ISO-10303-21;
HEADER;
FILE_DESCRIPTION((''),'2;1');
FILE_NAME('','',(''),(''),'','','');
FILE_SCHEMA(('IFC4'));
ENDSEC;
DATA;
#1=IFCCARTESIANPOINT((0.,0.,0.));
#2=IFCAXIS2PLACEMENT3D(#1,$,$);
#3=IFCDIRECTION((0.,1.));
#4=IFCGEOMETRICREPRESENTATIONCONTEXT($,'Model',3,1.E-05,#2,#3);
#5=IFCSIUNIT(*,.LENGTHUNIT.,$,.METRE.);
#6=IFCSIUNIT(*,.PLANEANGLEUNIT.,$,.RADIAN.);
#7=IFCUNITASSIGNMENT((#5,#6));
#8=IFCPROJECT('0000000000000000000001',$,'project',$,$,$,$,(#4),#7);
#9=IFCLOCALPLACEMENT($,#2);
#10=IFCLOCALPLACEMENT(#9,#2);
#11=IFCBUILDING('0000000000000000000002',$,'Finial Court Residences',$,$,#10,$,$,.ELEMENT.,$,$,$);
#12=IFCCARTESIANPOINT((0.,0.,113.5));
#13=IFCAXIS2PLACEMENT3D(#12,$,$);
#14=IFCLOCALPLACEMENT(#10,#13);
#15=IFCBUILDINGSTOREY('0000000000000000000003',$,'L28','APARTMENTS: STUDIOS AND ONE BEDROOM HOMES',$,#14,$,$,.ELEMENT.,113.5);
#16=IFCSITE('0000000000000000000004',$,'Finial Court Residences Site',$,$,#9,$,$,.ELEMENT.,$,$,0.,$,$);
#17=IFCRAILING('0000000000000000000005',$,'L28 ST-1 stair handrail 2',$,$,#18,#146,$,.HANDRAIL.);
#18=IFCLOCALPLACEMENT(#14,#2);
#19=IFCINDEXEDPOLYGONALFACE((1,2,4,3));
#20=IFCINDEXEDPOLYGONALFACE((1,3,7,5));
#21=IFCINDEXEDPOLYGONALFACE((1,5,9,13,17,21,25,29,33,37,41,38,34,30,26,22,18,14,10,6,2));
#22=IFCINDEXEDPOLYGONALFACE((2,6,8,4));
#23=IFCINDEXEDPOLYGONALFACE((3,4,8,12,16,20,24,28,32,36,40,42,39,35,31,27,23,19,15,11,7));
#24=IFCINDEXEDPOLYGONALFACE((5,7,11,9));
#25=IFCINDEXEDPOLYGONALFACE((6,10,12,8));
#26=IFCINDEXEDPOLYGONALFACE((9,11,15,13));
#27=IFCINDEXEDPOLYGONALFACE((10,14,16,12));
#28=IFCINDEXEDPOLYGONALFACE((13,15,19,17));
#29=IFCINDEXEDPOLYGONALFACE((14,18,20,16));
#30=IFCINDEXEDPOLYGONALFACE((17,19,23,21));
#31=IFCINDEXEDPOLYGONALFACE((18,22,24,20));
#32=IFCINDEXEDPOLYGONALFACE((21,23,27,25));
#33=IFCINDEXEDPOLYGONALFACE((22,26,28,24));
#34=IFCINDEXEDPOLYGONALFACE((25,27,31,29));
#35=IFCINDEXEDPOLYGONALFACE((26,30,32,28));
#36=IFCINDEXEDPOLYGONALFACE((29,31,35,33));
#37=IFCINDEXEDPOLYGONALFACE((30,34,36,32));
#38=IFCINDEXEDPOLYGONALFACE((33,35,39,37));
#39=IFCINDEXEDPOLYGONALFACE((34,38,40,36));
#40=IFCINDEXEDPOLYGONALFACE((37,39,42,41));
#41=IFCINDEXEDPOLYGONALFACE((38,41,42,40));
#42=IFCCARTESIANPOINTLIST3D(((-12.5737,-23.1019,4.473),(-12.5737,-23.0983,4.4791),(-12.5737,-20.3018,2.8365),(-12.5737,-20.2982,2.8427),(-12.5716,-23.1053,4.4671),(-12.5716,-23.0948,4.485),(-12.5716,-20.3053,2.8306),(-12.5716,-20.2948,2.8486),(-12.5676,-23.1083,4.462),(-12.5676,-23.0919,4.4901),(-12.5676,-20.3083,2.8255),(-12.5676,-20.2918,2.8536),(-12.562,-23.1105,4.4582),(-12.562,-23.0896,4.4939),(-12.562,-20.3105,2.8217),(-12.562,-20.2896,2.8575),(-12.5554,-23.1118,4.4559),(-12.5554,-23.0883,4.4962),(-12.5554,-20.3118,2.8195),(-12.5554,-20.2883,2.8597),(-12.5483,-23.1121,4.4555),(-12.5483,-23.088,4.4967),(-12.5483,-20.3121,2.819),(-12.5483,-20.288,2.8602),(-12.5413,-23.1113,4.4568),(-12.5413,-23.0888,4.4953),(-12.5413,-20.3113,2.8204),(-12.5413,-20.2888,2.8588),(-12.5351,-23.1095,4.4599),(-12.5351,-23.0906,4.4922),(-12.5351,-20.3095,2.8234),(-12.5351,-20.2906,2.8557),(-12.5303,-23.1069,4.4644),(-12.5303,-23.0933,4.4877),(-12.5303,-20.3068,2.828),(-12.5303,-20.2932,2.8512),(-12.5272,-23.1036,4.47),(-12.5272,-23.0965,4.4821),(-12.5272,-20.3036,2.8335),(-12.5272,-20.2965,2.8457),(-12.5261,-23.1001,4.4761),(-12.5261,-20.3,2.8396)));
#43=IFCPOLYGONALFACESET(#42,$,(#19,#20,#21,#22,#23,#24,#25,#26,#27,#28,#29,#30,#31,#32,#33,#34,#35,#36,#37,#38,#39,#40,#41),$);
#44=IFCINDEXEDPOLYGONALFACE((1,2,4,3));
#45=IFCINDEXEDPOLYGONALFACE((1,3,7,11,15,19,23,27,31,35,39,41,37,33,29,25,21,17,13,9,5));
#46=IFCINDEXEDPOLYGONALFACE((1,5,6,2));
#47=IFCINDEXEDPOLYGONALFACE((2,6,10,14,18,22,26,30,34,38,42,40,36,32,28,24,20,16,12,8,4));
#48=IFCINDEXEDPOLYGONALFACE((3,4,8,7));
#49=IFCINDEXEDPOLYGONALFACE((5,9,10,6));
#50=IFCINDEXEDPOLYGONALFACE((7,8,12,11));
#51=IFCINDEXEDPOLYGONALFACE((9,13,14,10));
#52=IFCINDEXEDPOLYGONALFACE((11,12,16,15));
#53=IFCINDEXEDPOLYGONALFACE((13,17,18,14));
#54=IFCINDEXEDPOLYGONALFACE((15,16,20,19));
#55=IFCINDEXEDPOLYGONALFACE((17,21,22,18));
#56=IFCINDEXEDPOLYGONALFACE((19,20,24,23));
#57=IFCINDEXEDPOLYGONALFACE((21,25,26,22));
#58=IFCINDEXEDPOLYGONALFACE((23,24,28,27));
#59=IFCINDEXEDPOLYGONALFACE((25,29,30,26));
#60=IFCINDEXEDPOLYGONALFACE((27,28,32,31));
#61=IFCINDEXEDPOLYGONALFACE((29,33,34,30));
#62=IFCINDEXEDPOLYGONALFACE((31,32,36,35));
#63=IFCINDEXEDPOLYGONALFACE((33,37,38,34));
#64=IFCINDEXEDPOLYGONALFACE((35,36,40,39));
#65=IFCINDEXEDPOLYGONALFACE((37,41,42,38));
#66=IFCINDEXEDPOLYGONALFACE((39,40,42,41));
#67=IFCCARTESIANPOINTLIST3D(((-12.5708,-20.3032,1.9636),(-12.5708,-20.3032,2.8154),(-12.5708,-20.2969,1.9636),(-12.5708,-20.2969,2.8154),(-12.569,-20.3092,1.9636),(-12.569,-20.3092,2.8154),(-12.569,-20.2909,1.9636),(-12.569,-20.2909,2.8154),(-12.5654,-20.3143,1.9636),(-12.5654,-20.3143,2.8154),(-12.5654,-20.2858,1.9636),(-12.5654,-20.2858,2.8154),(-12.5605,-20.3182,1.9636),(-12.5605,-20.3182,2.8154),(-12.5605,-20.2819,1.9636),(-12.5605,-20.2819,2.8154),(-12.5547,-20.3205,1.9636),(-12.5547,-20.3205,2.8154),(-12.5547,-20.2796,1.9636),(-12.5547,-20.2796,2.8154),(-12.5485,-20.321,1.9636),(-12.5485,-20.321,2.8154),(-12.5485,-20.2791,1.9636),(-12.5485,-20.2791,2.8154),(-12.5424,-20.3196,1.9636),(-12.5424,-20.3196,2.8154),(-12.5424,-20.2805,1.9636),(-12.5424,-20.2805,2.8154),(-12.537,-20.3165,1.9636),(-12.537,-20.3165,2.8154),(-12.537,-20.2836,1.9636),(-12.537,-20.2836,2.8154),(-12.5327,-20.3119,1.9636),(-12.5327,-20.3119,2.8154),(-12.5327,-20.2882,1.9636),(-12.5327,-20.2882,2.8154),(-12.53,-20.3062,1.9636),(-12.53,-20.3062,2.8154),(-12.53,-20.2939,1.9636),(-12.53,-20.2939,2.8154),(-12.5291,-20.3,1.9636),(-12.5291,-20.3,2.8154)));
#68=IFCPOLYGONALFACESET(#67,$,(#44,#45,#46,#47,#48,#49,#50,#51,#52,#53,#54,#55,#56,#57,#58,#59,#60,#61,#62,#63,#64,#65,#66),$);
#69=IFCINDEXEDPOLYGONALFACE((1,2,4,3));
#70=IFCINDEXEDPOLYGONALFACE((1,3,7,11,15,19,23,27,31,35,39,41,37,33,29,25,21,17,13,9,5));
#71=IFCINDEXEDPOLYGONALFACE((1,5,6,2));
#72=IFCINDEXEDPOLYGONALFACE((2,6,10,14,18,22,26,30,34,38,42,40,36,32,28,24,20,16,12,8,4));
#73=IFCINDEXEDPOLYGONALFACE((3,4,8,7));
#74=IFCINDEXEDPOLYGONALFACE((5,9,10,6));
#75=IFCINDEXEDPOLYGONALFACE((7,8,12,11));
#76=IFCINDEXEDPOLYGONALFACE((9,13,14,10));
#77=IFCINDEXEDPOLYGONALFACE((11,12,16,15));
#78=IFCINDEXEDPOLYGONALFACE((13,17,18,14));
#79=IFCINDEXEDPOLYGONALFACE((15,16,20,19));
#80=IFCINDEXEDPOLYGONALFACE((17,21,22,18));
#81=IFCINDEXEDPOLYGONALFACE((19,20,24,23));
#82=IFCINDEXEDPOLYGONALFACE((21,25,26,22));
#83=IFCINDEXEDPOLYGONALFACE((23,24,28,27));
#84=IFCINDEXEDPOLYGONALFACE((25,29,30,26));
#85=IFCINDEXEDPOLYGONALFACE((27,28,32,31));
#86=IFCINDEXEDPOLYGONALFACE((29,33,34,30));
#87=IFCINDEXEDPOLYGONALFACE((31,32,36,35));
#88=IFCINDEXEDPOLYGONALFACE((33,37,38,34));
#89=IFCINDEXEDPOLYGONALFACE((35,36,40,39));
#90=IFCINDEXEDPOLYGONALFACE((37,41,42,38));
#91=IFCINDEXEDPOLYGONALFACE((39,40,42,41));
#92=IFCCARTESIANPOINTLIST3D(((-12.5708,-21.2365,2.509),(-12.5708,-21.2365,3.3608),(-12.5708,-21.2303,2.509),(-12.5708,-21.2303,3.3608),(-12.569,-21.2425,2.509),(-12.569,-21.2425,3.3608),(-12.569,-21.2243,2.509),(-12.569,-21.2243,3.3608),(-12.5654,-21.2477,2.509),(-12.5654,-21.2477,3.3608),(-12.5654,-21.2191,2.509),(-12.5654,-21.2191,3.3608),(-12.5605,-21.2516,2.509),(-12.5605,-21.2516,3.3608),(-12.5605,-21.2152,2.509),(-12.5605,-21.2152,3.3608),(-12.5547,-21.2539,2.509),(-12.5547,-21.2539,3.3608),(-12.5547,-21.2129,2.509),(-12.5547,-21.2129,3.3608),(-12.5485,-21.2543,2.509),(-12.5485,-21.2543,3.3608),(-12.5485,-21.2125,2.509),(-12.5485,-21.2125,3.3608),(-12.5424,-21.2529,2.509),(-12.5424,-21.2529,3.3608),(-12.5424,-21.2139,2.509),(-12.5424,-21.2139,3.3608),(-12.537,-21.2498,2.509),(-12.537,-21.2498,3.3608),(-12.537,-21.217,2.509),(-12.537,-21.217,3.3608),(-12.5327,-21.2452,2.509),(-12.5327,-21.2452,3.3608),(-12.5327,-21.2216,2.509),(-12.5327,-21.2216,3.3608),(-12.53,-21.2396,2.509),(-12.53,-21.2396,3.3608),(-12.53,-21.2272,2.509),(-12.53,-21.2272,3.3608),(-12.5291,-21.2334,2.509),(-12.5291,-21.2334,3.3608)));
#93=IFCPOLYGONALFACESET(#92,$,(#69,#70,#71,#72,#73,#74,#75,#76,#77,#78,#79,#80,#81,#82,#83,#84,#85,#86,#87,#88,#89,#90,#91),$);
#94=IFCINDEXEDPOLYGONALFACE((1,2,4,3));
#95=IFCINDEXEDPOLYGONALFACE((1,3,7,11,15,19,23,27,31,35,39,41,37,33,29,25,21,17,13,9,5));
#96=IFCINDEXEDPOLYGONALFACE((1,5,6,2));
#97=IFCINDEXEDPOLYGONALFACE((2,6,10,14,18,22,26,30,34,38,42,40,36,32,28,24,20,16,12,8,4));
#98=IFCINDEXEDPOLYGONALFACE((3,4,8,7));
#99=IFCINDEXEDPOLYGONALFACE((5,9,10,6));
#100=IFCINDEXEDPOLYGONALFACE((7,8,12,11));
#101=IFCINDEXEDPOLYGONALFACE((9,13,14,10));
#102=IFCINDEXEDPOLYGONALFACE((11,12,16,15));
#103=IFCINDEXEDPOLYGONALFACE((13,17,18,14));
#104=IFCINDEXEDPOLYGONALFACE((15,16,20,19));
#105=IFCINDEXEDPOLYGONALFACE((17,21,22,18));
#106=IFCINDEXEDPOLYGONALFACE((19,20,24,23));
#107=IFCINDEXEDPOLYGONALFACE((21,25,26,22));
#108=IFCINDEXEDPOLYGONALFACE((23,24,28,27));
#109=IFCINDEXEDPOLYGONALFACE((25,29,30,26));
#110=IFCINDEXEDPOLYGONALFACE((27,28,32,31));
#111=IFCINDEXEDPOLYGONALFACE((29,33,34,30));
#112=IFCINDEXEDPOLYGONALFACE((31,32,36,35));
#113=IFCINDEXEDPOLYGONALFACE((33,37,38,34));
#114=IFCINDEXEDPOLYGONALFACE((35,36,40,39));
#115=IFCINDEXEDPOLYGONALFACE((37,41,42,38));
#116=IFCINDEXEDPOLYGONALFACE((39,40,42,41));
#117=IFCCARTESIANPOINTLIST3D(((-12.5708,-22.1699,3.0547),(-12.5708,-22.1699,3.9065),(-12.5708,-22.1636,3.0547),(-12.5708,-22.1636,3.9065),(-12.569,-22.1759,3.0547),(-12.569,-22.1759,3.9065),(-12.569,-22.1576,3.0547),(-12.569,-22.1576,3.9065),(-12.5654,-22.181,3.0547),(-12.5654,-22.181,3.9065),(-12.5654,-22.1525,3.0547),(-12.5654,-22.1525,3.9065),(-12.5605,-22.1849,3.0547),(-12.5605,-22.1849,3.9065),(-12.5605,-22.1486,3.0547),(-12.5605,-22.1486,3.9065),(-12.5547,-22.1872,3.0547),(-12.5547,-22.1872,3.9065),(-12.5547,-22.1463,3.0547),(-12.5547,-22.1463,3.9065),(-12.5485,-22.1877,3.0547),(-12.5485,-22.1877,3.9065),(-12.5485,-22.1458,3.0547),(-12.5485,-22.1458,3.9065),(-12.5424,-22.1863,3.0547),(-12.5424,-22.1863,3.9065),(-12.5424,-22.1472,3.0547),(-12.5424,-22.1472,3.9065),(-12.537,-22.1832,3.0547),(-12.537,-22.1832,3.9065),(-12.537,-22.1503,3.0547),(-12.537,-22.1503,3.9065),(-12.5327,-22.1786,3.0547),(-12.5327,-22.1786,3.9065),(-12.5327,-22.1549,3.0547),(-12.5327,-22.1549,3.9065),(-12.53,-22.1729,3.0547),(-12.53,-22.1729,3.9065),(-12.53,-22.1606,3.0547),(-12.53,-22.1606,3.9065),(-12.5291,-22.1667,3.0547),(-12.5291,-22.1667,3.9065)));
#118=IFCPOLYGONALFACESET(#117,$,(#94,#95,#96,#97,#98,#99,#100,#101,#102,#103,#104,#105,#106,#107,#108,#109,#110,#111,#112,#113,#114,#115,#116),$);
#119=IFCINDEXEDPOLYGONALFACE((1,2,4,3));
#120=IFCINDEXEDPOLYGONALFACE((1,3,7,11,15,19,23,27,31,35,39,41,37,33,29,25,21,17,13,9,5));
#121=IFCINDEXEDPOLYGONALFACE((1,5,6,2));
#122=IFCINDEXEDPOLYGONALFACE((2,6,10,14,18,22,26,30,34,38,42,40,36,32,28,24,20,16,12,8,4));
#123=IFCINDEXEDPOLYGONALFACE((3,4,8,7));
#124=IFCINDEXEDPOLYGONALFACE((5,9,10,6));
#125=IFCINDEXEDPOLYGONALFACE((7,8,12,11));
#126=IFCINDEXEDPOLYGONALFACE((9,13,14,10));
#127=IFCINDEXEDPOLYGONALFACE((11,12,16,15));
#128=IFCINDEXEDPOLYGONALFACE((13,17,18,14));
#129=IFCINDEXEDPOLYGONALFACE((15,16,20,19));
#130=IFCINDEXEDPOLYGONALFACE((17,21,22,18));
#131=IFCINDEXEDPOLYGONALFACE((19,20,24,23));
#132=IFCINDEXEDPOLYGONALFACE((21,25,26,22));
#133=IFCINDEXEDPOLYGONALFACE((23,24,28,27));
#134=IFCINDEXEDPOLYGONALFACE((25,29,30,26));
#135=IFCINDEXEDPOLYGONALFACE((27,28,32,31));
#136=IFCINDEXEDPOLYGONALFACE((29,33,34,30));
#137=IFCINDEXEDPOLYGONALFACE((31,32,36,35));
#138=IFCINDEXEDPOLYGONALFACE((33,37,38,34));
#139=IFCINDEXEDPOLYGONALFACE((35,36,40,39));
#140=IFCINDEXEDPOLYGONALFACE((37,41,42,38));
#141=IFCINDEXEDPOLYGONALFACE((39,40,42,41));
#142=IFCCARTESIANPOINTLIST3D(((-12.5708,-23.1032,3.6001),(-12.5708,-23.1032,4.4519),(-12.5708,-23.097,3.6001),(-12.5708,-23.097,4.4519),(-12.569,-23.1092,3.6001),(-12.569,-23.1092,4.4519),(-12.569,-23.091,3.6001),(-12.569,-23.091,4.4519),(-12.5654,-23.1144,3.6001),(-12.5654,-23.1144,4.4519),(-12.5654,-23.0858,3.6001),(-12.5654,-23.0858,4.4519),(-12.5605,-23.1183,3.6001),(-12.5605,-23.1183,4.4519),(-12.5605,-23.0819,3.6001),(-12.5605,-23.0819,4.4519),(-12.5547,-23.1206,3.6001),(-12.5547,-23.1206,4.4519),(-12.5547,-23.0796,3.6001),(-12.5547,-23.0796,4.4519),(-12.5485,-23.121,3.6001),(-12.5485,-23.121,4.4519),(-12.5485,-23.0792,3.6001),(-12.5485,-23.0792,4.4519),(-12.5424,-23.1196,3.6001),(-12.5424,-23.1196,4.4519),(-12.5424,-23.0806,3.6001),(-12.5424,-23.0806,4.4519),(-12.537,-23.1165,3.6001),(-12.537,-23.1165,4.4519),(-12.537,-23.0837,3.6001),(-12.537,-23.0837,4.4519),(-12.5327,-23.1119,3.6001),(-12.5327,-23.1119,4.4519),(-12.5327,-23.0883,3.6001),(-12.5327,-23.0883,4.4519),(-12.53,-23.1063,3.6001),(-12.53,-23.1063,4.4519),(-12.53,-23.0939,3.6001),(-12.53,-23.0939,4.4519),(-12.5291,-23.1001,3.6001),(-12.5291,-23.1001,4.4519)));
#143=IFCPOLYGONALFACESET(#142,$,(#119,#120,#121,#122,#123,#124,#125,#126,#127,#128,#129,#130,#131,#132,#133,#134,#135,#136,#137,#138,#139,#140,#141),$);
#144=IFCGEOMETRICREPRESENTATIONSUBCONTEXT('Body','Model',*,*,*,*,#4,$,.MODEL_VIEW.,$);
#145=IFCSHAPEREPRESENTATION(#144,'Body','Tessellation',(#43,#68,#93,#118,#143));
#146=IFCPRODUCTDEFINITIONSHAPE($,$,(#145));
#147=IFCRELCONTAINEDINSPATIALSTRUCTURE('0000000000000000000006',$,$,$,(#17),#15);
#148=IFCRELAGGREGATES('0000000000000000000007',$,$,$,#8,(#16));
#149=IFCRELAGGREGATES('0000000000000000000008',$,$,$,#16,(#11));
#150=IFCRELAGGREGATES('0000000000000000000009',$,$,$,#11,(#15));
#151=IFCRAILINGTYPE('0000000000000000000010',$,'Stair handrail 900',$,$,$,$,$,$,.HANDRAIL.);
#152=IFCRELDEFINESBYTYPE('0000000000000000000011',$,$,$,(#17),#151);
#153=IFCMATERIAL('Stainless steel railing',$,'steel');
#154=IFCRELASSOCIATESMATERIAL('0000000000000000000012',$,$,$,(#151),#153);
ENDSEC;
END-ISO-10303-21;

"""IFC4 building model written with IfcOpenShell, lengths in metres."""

from ifc_helpers import new_model, si_unit, direction, frame, origin, origin_2d, place, context, subcontext, project, spatial, circle, extrude, material, type_object, element, save


model = new_model("IFC4")

# Units and contexts
model_context = context("Model", 3, precision=1e-05, world=origin(), true_north=direction((0.0, 1.0)))
body_context = subcontext(model_context, "Body", "Model", "MODEL_VIEW")
ifc_project = project(units=[si_unit("LENGTHUNIT", "METRE"), si_unit("PLANEANGLEUNIT", "RADIAN")], contexts=[model_context])

# Site, building, storey
site_placement = place(None, origin())
site = spatial("IfcSite", under=ifc_project, at=site_placement, Name="Finial Court Residences Site", CompositionType="ELEMENT", RefElevation=0.0)
building_placement = place(site_placement, origin())
building = spatial("IfcBuilding", under=site, at=building_placement, Name="Finial Court Residences", CompositionType="ELEMENT")
storey_placement = place(building_placement, frame((0.0, 0.0, 113.5)))
storey = spatial("IfcBuildingStorey", under=building, at=storey_placement, Name="L28", Description="APARTMENTS: STUDIOS AND ONE BEDROOM HOMES", CompositionType="ELEMENT", Elevation=113.5)

# Railing
ifc_material_1 = material(Name="Stainless steel railing", Category="steel")
railing_type = type_object("IfcRailingType", Name="Stair handrail 900", PredefinedType="HANDRAIL", material=ifc_material_1)
railing_placement = place(storey_placement, frame((-12.55, -20.3, 1.9636)))
element("IfcRailing", 1, at=railing_placement, inside=storey, type_object=railing_type, Name="L28 ST-1 stair handrail 2", PredefinedType="HANDRAIL", context=body_context, shape_type="SweptSolid", body=[
    extrude(circle(Radius=0.0239, at=origin_2d()), frame((0.0, 0.0, 0.876), z_axis=(0.0, -0.863361, 0.504587), x_axis=(1.0, 0.0, 0.0)), (0.0, 0.0, 1.0), 3.2432),
    extrude(circle(Radius=0.021, at=origin_2d()), origin(), (0.0, 0.0, 1.0), 0.8518),
    extrude(circle(Radius=0.021, at=origin_2d()), frame((0.0, -0.9333, 0.5454)), (0.0, 0.0, 1.0), 0.8518),
    extrude(circle(Radius=0.021, at=origin_2d()), frame((0.0, -1.8667, 1.0911)), (0.0, 0.0, 1.0), 0.8518),
    extrude(circle(Radius=0.021, at=origin_2d()), frame((0.0, -2.8, 1.6365)), (0.0, 0.0, 1.0), 0.8518),
])

save(model, "model.ifc")
